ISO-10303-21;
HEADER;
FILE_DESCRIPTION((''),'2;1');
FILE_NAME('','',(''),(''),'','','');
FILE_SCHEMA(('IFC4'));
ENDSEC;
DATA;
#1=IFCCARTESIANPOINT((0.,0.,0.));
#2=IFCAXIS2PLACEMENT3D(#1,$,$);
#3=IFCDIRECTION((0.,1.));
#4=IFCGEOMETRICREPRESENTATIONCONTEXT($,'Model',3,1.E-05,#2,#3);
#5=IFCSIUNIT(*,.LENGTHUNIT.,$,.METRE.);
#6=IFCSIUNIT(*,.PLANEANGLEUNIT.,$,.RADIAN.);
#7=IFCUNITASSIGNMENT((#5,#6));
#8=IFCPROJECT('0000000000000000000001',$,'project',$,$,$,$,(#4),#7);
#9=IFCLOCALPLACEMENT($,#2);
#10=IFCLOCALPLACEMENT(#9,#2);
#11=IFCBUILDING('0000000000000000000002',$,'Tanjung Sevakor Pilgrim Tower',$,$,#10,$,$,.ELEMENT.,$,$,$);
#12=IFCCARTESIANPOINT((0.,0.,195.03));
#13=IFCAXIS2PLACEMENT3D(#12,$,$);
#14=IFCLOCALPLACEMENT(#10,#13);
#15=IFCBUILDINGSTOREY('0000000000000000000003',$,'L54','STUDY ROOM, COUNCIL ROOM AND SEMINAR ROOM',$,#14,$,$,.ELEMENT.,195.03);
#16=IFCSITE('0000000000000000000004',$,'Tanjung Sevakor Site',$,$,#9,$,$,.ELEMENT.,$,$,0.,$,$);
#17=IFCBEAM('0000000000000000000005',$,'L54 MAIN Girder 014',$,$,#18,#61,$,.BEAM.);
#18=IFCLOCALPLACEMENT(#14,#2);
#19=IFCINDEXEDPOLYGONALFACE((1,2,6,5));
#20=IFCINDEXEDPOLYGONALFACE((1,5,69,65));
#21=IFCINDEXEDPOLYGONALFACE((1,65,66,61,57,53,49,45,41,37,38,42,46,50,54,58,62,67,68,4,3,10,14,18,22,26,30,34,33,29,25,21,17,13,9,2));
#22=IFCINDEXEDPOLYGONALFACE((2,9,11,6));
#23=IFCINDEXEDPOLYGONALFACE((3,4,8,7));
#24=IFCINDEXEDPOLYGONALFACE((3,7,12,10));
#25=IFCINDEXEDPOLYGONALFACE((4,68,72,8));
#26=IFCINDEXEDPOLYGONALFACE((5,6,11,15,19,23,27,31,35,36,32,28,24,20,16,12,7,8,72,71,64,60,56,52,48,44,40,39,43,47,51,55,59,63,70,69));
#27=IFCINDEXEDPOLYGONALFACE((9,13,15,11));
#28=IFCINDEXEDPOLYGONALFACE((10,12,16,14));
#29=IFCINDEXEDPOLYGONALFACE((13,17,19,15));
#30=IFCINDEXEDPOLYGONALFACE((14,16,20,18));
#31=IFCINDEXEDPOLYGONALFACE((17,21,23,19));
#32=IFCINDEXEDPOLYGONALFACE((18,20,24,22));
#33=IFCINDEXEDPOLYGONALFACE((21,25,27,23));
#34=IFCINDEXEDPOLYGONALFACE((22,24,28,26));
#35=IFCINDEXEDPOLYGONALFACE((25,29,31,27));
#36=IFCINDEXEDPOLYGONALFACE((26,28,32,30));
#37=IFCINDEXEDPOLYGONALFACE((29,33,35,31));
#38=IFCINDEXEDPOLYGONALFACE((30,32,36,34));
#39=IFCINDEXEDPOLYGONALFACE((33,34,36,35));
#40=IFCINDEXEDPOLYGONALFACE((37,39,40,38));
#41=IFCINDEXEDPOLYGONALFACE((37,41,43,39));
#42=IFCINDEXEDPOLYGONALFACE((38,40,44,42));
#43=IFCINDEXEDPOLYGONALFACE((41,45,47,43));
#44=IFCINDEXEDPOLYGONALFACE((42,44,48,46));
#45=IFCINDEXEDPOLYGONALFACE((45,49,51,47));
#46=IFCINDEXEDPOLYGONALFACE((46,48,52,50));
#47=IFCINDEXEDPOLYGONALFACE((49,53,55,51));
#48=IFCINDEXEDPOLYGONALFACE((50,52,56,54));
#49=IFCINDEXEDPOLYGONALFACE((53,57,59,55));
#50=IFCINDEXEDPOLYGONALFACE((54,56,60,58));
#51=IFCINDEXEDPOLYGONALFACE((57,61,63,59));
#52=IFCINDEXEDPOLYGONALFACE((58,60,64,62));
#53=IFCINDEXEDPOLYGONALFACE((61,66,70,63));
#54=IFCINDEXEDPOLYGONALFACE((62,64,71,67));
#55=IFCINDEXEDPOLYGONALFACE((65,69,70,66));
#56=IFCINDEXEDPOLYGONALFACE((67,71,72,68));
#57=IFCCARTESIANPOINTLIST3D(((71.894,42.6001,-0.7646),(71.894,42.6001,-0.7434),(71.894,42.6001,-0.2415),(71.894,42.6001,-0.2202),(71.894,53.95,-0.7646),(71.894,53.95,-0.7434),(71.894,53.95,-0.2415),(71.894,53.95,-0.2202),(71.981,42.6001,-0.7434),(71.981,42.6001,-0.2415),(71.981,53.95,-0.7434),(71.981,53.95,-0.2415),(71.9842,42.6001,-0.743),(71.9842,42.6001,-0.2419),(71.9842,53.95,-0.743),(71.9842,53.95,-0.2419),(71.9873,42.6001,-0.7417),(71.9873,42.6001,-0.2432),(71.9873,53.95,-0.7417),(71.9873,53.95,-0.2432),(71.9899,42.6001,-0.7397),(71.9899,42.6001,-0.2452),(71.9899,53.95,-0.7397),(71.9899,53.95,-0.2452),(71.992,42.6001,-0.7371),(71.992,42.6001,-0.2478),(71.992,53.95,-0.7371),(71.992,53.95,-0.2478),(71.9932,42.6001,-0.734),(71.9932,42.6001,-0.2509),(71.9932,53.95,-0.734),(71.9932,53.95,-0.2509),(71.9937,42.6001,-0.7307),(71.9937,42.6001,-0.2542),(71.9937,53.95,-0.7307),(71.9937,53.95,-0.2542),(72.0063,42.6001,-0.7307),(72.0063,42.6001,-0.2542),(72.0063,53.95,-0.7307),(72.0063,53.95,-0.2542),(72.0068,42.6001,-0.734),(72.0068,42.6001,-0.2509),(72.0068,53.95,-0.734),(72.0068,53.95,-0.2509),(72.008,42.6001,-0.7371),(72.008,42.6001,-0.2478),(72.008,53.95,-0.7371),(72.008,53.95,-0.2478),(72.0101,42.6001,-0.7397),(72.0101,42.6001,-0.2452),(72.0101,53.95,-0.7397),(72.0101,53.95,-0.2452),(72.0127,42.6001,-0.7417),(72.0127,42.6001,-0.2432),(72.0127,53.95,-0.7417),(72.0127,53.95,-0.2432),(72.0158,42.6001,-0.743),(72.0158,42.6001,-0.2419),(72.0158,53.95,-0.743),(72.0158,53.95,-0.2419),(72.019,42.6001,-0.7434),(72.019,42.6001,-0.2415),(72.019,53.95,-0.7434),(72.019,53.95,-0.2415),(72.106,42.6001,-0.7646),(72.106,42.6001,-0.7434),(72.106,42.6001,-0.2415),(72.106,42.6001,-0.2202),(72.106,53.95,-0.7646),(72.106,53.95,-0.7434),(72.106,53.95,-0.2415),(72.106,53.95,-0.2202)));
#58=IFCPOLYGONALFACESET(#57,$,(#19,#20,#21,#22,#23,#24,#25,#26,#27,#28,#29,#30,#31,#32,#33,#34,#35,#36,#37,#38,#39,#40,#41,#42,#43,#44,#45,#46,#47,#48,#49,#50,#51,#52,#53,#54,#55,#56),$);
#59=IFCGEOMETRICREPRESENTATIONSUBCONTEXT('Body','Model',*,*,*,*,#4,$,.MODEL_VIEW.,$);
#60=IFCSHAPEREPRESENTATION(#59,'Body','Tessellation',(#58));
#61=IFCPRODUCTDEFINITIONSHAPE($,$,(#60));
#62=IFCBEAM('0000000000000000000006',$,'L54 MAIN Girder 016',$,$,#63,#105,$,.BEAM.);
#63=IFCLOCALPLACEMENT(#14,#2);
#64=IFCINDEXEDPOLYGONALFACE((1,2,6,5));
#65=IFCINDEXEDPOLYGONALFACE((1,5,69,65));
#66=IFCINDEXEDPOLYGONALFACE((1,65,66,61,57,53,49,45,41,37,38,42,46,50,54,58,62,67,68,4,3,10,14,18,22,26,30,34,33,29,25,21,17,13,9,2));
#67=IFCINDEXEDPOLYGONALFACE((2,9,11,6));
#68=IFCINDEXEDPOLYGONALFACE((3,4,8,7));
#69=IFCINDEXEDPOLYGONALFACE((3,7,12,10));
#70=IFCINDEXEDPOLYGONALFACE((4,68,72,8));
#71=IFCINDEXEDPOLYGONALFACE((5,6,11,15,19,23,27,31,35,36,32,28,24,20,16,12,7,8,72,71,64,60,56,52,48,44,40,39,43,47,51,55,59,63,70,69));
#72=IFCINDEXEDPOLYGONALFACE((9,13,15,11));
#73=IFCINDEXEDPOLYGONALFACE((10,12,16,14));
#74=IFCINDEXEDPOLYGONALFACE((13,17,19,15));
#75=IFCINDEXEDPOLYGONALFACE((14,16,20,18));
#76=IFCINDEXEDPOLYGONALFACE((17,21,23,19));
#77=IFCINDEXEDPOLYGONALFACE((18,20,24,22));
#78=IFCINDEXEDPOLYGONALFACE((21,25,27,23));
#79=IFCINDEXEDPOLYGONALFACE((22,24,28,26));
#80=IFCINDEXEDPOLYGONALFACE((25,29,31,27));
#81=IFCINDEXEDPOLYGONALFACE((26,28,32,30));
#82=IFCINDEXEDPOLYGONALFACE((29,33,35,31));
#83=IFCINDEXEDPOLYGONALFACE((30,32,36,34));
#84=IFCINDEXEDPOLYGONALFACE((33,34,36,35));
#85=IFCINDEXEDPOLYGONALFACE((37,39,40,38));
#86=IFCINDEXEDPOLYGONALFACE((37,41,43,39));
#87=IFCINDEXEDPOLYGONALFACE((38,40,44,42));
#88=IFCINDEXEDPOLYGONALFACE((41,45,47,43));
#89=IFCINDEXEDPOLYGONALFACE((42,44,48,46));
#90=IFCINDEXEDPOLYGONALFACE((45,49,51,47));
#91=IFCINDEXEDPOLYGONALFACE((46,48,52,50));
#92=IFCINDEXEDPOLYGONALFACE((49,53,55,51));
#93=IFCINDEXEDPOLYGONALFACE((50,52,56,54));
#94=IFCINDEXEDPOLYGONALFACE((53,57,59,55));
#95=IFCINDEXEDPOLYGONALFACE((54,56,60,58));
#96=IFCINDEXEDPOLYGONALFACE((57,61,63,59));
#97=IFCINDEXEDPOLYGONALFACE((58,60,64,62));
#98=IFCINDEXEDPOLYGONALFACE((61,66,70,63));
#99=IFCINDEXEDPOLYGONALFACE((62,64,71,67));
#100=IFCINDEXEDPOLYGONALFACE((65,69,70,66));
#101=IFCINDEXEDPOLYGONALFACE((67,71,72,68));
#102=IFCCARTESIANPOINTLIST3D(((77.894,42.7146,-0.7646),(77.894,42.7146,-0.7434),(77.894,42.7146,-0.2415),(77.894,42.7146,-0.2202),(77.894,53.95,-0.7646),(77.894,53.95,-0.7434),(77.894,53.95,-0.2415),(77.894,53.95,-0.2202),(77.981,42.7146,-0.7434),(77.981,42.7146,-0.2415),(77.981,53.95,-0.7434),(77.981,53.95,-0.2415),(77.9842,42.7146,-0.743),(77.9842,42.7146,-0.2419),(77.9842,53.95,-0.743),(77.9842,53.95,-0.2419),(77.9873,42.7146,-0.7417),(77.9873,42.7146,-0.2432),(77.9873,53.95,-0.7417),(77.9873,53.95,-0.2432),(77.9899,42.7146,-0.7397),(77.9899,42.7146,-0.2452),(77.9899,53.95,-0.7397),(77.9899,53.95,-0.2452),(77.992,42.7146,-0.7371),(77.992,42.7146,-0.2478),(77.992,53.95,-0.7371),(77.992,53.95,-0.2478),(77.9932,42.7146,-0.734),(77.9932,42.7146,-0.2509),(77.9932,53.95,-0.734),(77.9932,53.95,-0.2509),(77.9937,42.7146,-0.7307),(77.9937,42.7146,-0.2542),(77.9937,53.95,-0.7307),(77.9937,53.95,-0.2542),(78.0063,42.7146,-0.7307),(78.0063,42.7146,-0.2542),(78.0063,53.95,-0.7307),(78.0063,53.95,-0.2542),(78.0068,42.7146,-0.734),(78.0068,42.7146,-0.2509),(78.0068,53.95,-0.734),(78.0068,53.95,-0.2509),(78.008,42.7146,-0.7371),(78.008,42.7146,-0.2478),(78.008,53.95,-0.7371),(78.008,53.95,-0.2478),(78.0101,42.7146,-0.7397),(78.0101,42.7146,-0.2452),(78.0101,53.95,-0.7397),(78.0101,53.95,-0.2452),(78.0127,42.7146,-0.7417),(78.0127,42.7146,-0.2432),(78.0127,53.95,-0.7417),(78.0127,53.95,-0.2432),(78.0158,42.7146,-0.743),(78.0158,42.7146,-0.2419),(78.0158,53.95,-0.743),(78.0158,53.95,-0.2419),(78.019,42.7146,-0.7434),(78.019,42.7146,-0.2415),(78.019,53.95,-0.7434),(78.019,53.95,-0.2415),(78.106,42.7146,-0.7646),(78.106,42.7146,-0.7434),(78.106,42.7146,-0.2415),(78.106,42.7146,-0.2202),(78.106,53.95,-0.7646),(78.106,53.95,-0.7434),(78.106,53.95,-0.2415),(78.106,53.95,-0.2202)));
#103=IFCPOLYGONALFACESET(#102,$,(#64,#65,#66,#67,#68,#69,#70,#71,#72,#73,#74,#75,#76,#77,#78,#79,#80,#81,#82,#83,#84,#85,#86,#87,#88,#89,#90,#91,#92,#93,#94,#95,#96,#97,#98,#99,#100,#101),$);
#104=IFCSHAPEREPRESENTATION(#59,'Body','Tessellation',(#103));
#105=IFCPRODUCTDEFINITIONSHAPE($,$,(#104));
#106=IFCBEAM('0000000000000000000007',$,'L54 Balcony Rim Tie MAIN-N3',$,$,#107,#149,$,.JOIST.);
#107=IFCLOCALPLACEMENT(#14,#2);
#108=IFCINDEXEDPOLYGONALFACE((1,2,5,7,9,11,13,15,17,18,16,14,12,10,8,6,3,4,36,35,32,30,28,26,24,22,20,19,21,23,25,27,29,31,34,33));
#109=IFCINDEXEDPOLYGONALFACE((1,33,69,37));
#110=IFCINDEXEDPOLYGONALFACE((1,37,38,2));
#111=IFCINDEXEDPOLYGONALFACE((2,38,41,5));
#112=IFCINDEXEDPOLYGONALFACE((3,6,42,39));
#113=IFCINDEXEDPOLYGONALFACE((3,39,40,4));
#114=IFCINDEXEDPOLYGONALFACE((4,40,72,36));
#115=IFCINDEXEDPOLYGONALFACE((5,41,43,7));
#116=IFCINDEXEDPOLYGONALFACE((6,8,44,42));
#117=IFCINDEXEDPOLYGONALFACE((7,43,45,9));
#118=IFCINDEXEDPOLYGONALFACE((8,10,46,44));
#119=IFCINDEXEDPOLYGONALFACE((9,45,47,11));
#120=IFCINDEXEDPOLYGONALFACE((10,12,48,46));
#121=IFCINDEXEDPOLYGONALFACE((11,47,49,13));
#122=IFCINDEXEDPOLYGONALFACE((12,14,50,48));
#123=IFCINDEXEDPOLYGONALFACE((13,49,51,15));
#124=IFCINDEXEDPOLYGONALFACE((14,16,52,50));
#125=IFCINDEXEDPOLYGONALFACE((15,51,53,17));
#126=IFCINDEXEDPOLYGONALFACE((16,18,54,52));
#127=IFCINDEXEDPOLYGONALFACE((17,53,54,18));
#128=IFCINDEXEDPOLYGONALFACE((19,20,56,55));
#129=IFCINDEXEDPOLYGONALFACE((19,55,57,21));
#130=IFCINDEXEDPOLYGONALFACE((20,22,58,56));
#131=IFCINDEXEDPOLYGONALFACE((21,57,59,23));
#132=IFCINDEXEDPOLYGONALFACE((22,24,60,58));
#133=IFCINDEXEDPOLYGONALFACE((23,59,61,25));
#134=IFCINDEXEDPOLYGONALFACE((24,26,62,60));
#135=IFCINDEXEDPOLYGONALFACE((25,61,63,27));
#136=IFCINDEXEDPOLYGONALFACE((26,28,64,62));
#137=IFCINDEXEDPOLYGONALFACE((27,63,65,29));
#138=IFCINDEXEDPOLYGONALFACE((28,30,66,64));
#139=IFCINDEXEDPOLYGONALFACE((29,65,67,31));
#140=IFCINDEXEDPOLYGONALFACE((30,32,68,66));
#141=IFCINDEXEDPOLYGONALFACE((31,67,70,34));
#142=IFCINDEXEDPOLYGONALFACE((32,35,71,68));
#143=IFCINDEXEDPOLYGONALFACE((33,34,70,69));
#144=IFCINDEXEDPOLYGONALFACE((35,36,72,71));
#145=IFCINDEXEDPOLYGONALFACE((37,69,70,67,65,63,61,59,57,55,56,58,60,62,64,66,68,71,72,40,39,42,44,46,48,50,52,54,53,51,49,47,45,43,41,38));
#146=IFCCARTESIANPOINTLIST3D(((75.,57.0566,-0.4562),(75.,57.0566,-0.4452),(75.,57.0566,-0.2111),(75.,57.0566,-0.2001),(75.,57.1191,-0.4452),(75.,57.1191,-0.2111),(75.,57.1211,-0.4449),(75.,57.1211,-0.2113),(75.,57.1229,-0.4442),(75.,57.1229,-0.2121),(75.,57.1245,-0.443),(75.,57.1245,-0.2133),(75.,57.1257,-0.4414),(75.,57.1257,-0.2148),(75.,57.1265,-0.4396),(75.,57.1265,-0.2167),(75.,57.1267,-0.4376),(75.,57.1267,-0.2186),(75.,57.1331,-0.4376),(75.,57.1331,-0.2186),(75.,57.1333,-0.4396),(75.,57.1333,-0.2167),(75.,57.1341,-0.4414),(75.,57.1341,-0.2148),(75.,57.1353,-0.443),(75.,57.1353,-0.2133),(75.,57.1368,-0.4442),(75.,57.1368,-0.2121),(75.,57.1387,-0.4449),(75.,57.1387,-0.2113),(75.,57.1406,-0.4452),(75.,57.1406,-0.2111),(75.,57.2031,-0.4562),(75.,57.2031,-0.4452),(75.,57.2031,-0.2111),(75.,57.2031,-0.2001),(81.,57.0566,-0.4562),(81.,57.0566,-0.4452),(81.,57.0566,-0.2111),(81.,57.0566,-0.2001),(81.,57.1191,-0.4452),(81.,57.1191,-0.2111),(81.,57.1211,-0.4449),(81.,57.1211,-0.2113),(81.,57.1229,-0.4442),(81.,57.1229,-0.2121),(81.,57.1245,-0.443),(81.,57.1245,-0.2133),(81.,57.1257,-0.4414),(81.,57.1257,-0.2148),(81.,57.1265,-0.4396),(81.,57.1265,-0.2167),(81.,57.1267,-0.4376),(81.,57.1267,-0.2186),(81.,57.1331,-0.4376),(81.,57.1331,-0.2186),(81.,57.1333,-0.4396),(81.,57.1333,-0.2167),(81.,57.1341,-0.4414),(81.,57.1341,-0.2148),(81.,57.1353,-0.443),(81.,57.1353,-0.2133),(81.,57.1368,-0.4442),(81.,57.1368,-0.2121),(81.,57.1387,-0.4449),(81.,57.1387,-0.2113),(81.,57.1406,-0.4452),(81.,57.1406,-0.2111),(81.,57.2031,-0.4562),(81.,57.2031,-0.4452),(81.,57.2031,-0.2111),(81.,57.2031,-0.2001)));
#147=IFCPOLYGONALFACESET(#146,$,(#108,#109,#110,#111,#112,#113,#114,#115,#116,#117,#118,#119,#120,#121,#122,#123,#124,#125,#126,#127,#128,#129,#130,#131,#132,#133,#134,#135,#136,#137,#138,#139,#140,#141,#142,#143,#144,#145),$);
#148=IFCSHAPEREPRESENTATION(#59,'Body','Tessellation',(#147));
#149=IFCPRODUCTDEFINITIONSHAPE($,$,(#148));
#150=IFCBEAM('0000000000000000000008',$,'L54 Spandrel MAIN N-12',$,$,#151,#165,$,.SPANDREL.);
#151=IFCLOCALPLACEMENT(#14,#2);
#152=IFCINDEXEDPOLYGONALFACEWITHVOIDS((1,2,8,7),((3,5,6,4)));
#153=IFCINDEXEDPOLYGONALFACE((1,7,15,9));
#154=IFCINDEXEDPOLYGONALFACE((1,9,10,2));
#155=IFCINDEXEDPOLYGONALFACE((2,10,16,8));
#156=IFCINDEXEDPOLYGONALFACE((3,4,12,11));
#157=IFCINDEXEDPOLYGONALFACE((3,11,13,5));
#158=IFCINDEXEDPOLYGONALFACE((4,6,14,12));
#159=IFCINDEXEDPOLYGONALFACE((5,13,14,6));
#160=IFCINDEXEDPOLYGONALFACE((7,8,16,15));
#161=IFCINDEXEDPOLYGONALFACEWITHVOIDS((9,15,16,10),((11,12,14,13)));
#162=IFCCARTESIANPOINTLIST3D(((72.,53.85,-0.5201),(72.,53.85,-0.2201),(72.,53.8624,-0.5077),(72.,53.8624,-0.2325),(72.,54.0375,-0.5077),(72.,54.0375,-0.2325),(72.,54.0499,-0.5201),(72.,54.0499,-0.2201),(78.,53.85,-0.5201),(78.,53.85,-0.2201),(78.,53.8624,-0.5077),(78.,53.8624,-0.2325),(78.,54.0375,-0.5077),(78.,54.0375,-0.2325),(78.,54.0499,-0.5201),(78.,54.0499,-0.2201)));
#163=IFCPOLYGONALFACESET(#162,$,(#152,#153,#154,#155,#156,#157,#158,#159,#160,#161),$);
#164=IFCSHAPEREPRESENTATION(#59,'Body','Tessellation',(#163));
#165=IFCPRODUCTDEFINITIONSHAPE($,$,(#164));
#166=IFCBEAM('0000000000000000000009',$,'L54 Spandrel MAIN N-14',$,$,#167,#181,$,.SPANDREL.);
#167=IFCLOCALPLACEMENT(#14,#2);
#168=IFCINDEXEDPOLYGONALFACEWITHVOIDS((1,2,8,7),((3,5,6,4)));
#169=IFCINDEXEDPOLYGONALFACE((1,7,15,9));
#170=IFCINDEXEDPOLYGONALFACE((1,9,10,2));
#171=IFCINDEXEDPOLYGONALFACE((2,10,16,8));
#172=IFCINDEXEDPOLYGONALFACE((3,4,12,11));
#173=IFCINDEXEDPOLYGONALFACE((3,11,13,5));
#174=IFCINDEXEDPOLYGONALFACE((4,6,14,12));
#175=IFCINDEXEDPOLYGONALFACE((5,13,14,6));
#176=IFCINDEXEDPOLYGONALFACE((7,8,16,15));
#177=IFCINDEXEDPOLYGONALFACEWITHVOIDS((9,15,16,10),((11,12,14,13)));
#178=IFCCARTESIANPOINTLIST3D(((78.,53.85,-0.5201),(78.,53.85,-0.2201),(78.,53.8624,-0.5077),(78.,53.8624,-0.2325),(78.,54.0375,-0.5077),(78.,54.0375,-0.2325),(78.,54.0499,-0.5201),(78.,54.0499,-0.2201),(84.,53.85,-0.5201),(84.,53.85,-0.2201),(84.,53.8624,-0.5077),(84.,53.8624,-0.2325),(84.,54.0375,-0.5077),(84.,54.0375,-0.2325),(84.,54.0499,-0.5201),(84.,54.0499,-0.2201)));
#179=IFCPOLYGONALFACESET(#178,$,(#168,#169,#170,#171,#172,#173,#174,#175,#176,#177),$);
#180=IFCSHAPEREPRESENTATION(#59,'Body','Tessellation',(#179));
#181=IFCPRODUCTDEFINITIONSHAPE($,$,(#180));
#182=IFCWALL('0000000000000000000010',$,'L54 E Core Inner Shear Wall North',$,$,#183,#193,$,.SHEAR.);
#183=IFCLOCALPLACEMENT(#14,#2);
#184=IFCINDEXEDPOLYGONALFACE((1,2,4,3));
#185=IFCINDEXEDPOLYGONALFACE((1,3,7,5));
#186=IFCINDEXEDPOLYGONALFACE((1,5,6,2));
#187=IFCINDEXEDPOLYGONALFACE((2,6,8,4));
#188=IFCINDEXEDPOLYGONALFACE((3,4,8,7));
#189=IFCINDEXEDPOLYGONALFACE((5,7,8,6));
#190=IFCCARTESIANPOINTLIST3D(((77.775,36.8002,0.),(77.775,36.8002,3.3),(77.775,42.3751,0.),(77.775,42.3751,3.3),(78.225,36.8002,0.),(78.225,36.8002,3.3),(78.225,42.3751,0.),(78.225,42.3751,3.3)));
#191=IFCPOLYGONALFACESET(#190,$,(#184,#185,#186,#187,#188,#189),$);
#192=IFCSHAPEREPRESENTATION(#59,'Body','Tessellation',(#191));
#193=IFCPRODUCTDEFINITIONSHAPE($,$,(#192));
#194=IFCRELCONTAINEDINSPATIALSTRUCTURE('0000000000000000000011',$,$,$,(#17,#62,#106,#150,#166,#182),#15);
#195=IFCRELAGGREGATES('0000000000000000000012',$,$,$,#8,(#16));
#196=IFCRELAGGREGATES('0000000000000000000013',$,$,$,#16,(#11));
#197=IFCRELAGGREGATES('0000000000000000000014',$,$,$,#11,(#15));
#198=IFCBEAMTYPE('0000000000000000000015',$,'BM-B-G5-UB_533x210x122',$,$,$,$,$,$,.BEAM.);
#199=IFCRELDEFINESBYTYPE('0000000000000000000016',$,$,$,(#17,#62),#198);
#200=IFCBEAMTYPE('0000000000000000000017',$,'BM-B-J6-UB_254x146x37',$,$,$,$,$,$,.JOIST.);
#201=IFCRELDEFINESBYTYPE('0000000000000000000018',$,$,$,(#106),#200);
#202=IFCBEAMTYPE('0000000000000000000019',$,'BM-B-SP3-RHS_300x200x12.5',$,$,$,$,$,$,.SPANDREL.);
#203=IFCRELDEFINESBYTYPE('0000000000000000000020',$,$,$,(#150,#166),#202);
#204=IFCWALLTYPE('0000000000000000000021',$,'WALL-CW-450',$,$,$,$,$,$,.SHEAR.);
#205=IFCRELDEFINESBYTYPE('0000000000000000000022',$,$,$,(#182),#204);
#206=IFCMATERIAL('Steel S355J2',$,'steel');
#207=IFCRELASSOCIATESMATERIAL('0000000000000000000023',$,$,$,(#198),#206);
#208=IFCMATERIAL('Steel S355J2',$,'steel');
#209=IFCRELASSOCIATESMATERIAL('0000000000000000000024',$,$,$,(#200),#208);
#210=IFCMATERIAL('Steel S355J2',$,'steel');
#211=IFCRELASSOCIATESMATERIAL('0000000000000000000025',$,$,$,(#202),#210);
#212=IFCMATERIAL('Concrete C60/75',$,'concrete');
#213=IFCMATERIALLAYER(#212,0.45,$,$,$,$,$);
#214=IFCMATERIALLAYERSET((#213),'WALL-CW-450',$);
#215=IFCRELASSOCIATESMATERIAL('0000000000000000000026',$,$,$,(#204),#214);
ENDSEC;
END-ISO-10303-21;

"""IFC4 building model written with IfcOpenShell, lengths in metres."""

from ifc_helpers import new_model, si_unit, direction, frame, frame_2d, origin, origin_2d, place, context, subcontext, project, spatial, rectangle, hollow_rectangle, i_section, extrude, material, layer, layer_set, material_profile, profile_set, type_object, element, save


model = new_model("IFC4")

# Units and contexts
model_context = context("Model", 3, precision=1e-05, world=origin(), true_north=direction((0.0, 1.0)))
body_context = subcontext(model_context, "Body", "Model", "MODEL_VIEW")
ifc_project = project(units=[si_unit("LENGTHUNIT", "METRE"), si_unit("PLANEANGLEUNIT", "RADIAN")], contexts=[model_context])

# Site, building, storey
site_placement = place(None, origin())
site = spatial("IfcSite", under=ifc_project, at=site_placement, Name="Tanjung Sevakor Site", CompositionType="ELEMENT", RefElevation=0.0)
building_placement = place(site_placement, origin())
building = spatial("IfcBuilding", under=site, at=building_placement, Name="Tanjung Sevakor Pilgrim Tower", CompositionType="ELEMENT")
storey_placement = place(building_placement, frame((0.0, 0.0, 195.03)))
storey = spatial("IfcBuildingStorey", under=building, at=storey_placement, Name="L54", Description="STUDY ROOM, COUNCIL ROOM AND SEMINAR ROOM", CompositionType="ELEMENT", Elevation=195.03)

# Beams
ifc_material_1 = material(Name="Steel S355J2", Category="steel")
ifc_material_profile_1 = material_profile(ifc_material_1, i_section(OverallWidth=0.2119, OverallDepth=0.5444, WebThickness=0.0127, FlangeThickness=0.0212, FilletRadius=0.0127, at=origin_2d()))
ifc_profile_set_1 = profile_set([ifc_material_profile_1], Name="Steel S355J2")
beam_type_1 = type_object("IfcBeamType", Name="BM-B-G5-UB_533x210x122", PredefinedType="BEAM", material=ifc_profile_set_1)
beam_1_placement = place(storey_placement, frame((72.0, 42.6001, -0.4924), z_axis=(0.0, 1.0, 0.0), x_axis=(-1.0, 0.0, 0.0)))
element("IfcBeam", 1, at=beam_1_placement, inside=storey, type_object=beam_type_1, Name="L54 MAIN Girder 014", PredefinedType="BEAM", context=body_context, shape_type="SweptSolid", body=[
    extrude(i_section(OverallWidth=0.2119, OverallDepth=0.5444, WebThickness=0.0127, FlangeThickness=0.0212, FilletRadius=0.0127, at=origin_2d()), origin(), (0.0, 0.0, 1.0), 11.3499),
])
beam_2_placement = place(storey_placement, frame((78.0, 42.7146, -0.4924), z_axis=(0.0, 1.0, 0.0), x_axis=(-1.0, 0.0, 0.0)))
element("IfcBeam", 2, at=beam_2_placement, inside=storey, type_object=beam_type_1, Name="L54 MAIN Girder 016", PredefinedType="BEAM", context=body_context, shape_type="SweptSolid", body=[
    extrude(i_section(OverallWidth=0.2119, OverallDepth=0.5444, WebThickness=0.0127, FlangeThickness=0.0212, FilletRadius=0.0127, at=origin_2d()), origin(), (0.0, 0.0, 1.0), 11.2354),
])
ifc_material_2 = material(Name="Steel S355J2", Category="steel")
ifc_material_profile_2 = material_profile(ifc_material_2, i_section(OverallWidth=0.1465, OverallDepth=0.2561, WebThickness=0.0063, FlangeThickness=0.011, FilletRadius=0.0076, at=origin_2d()))
ifc_profile_set_2 = profile_set([ifc_material_profile_2], Name="Steel S355J2")
beam_type_2 = type_object("IfcBeamType", Name="BM-B-J6-UB_254x146x37", PredefinedType="JOIST", material=ifc_profile_set_2)
beam_3_placement = place(storey_placement, frame((75.0, 57.1299, -0.3281), z_axis=(1.0, 0.0, 0.0), x_axis=(0.0, 1.0, 0.0)))
element("IfcBeam", 3, at=beam_3_placement, inside=storey, type_object=beam_type_2, Name="L54 Balcony Rim Tie MAIN-N3", PredefinedType="JOIST", context=body_context, shape_type="SweptSolid", body=[
    extrude(i_section(OverallWidth=0.1465, OverallDepth=0.2561, WebThickness=0.0063, FlangeThickness=0.011, FilletRadius=0.0076, at=origin_2d()), origin(), (0.0, 0.0, 1.0), 6.0),
])
ifc_material_3 = material(Name="Steel S355J2", Category="steel")
ifc_material_profile_3 = material_profile(ifc_material_3, hollow_rectangle(XDim=0.2, YDim=0.3, WallThickness=0.0125, at=origin_2d()))
ifc_profile_set_3 = profile_set([ifc_material_profile_3], Name="Steel S355J2")
beam_type_3 = type_object("IfcBeamType", Name="BM-B-SP3-RHS_300x200x12.5", PredefinedType="SPANDREL", material=ifc_profile_set_3)
for number, where, z_axis, x_axis, name in (
    (4, (72.0, 53.95, -0.3701), (1.0, 0.0, 0.0), (0.0, 1.0, 0.0), "L54 Spandrel MAIN N-12"),
    (5, (78.0, 53.95, -0.3701), (1.0, 0.0, 0.0), (0.0, 1.0, 0.0), "L54 Spandrel MAIN N-14"),
):
    element("IfcBeam", number, at=place(storey_placement, frame(where, z_axis=z_axis, x_axis=x_axis)), inside=storey, type_object=beam_type_3, Name=name, PredefinedType="SPANDREL", context=body_context, shape_type="SweptSolid", body=[
        extrude(hollow_rectangle(XDim=0.2, YDim=0.3, WallThickness=0.0125, at=origin_2d()), origin(), (0.0, 0.0, 1.0), 6.0),
    ])

# Wall
ifc_material_4 = material(Name="Concrete C60/75", Category="concrete")
ifc_layer_1 = layer(ifc_material_4, 0.45)
ifc_layer_set_1 = layer_set([ifc_layer_1], Name="WALL-CW-450")
wall_type_1 = type_object("IfcWallType", Name="WALL-CW-450", PredefinedType="SHEAR", material=ifc_layer_set_1)
wall_1_placement = place(storey_placement, frame((78.0, 36.8, 0.0), z_axis=(0.0, 0.0, 1.0), x_axis=(0.0, 1.0, 0.0)))
element("IfcWall", 6, at=wall_1_placement, inside=storey, type_object=wall_type_1, Name="L54 E Core Inner Shear Wall North", PredefinedType="SHEAR", context=body_context, shape_type="SweptSolid", body=[
    extrude(rectangle(XDim=5.575, YDim=0.45, at=frame_2d((2.7876, 0.0))), origin(), (0.0, 0.0, 1.0), 3.3),
])

save(model, "model.ifc")
